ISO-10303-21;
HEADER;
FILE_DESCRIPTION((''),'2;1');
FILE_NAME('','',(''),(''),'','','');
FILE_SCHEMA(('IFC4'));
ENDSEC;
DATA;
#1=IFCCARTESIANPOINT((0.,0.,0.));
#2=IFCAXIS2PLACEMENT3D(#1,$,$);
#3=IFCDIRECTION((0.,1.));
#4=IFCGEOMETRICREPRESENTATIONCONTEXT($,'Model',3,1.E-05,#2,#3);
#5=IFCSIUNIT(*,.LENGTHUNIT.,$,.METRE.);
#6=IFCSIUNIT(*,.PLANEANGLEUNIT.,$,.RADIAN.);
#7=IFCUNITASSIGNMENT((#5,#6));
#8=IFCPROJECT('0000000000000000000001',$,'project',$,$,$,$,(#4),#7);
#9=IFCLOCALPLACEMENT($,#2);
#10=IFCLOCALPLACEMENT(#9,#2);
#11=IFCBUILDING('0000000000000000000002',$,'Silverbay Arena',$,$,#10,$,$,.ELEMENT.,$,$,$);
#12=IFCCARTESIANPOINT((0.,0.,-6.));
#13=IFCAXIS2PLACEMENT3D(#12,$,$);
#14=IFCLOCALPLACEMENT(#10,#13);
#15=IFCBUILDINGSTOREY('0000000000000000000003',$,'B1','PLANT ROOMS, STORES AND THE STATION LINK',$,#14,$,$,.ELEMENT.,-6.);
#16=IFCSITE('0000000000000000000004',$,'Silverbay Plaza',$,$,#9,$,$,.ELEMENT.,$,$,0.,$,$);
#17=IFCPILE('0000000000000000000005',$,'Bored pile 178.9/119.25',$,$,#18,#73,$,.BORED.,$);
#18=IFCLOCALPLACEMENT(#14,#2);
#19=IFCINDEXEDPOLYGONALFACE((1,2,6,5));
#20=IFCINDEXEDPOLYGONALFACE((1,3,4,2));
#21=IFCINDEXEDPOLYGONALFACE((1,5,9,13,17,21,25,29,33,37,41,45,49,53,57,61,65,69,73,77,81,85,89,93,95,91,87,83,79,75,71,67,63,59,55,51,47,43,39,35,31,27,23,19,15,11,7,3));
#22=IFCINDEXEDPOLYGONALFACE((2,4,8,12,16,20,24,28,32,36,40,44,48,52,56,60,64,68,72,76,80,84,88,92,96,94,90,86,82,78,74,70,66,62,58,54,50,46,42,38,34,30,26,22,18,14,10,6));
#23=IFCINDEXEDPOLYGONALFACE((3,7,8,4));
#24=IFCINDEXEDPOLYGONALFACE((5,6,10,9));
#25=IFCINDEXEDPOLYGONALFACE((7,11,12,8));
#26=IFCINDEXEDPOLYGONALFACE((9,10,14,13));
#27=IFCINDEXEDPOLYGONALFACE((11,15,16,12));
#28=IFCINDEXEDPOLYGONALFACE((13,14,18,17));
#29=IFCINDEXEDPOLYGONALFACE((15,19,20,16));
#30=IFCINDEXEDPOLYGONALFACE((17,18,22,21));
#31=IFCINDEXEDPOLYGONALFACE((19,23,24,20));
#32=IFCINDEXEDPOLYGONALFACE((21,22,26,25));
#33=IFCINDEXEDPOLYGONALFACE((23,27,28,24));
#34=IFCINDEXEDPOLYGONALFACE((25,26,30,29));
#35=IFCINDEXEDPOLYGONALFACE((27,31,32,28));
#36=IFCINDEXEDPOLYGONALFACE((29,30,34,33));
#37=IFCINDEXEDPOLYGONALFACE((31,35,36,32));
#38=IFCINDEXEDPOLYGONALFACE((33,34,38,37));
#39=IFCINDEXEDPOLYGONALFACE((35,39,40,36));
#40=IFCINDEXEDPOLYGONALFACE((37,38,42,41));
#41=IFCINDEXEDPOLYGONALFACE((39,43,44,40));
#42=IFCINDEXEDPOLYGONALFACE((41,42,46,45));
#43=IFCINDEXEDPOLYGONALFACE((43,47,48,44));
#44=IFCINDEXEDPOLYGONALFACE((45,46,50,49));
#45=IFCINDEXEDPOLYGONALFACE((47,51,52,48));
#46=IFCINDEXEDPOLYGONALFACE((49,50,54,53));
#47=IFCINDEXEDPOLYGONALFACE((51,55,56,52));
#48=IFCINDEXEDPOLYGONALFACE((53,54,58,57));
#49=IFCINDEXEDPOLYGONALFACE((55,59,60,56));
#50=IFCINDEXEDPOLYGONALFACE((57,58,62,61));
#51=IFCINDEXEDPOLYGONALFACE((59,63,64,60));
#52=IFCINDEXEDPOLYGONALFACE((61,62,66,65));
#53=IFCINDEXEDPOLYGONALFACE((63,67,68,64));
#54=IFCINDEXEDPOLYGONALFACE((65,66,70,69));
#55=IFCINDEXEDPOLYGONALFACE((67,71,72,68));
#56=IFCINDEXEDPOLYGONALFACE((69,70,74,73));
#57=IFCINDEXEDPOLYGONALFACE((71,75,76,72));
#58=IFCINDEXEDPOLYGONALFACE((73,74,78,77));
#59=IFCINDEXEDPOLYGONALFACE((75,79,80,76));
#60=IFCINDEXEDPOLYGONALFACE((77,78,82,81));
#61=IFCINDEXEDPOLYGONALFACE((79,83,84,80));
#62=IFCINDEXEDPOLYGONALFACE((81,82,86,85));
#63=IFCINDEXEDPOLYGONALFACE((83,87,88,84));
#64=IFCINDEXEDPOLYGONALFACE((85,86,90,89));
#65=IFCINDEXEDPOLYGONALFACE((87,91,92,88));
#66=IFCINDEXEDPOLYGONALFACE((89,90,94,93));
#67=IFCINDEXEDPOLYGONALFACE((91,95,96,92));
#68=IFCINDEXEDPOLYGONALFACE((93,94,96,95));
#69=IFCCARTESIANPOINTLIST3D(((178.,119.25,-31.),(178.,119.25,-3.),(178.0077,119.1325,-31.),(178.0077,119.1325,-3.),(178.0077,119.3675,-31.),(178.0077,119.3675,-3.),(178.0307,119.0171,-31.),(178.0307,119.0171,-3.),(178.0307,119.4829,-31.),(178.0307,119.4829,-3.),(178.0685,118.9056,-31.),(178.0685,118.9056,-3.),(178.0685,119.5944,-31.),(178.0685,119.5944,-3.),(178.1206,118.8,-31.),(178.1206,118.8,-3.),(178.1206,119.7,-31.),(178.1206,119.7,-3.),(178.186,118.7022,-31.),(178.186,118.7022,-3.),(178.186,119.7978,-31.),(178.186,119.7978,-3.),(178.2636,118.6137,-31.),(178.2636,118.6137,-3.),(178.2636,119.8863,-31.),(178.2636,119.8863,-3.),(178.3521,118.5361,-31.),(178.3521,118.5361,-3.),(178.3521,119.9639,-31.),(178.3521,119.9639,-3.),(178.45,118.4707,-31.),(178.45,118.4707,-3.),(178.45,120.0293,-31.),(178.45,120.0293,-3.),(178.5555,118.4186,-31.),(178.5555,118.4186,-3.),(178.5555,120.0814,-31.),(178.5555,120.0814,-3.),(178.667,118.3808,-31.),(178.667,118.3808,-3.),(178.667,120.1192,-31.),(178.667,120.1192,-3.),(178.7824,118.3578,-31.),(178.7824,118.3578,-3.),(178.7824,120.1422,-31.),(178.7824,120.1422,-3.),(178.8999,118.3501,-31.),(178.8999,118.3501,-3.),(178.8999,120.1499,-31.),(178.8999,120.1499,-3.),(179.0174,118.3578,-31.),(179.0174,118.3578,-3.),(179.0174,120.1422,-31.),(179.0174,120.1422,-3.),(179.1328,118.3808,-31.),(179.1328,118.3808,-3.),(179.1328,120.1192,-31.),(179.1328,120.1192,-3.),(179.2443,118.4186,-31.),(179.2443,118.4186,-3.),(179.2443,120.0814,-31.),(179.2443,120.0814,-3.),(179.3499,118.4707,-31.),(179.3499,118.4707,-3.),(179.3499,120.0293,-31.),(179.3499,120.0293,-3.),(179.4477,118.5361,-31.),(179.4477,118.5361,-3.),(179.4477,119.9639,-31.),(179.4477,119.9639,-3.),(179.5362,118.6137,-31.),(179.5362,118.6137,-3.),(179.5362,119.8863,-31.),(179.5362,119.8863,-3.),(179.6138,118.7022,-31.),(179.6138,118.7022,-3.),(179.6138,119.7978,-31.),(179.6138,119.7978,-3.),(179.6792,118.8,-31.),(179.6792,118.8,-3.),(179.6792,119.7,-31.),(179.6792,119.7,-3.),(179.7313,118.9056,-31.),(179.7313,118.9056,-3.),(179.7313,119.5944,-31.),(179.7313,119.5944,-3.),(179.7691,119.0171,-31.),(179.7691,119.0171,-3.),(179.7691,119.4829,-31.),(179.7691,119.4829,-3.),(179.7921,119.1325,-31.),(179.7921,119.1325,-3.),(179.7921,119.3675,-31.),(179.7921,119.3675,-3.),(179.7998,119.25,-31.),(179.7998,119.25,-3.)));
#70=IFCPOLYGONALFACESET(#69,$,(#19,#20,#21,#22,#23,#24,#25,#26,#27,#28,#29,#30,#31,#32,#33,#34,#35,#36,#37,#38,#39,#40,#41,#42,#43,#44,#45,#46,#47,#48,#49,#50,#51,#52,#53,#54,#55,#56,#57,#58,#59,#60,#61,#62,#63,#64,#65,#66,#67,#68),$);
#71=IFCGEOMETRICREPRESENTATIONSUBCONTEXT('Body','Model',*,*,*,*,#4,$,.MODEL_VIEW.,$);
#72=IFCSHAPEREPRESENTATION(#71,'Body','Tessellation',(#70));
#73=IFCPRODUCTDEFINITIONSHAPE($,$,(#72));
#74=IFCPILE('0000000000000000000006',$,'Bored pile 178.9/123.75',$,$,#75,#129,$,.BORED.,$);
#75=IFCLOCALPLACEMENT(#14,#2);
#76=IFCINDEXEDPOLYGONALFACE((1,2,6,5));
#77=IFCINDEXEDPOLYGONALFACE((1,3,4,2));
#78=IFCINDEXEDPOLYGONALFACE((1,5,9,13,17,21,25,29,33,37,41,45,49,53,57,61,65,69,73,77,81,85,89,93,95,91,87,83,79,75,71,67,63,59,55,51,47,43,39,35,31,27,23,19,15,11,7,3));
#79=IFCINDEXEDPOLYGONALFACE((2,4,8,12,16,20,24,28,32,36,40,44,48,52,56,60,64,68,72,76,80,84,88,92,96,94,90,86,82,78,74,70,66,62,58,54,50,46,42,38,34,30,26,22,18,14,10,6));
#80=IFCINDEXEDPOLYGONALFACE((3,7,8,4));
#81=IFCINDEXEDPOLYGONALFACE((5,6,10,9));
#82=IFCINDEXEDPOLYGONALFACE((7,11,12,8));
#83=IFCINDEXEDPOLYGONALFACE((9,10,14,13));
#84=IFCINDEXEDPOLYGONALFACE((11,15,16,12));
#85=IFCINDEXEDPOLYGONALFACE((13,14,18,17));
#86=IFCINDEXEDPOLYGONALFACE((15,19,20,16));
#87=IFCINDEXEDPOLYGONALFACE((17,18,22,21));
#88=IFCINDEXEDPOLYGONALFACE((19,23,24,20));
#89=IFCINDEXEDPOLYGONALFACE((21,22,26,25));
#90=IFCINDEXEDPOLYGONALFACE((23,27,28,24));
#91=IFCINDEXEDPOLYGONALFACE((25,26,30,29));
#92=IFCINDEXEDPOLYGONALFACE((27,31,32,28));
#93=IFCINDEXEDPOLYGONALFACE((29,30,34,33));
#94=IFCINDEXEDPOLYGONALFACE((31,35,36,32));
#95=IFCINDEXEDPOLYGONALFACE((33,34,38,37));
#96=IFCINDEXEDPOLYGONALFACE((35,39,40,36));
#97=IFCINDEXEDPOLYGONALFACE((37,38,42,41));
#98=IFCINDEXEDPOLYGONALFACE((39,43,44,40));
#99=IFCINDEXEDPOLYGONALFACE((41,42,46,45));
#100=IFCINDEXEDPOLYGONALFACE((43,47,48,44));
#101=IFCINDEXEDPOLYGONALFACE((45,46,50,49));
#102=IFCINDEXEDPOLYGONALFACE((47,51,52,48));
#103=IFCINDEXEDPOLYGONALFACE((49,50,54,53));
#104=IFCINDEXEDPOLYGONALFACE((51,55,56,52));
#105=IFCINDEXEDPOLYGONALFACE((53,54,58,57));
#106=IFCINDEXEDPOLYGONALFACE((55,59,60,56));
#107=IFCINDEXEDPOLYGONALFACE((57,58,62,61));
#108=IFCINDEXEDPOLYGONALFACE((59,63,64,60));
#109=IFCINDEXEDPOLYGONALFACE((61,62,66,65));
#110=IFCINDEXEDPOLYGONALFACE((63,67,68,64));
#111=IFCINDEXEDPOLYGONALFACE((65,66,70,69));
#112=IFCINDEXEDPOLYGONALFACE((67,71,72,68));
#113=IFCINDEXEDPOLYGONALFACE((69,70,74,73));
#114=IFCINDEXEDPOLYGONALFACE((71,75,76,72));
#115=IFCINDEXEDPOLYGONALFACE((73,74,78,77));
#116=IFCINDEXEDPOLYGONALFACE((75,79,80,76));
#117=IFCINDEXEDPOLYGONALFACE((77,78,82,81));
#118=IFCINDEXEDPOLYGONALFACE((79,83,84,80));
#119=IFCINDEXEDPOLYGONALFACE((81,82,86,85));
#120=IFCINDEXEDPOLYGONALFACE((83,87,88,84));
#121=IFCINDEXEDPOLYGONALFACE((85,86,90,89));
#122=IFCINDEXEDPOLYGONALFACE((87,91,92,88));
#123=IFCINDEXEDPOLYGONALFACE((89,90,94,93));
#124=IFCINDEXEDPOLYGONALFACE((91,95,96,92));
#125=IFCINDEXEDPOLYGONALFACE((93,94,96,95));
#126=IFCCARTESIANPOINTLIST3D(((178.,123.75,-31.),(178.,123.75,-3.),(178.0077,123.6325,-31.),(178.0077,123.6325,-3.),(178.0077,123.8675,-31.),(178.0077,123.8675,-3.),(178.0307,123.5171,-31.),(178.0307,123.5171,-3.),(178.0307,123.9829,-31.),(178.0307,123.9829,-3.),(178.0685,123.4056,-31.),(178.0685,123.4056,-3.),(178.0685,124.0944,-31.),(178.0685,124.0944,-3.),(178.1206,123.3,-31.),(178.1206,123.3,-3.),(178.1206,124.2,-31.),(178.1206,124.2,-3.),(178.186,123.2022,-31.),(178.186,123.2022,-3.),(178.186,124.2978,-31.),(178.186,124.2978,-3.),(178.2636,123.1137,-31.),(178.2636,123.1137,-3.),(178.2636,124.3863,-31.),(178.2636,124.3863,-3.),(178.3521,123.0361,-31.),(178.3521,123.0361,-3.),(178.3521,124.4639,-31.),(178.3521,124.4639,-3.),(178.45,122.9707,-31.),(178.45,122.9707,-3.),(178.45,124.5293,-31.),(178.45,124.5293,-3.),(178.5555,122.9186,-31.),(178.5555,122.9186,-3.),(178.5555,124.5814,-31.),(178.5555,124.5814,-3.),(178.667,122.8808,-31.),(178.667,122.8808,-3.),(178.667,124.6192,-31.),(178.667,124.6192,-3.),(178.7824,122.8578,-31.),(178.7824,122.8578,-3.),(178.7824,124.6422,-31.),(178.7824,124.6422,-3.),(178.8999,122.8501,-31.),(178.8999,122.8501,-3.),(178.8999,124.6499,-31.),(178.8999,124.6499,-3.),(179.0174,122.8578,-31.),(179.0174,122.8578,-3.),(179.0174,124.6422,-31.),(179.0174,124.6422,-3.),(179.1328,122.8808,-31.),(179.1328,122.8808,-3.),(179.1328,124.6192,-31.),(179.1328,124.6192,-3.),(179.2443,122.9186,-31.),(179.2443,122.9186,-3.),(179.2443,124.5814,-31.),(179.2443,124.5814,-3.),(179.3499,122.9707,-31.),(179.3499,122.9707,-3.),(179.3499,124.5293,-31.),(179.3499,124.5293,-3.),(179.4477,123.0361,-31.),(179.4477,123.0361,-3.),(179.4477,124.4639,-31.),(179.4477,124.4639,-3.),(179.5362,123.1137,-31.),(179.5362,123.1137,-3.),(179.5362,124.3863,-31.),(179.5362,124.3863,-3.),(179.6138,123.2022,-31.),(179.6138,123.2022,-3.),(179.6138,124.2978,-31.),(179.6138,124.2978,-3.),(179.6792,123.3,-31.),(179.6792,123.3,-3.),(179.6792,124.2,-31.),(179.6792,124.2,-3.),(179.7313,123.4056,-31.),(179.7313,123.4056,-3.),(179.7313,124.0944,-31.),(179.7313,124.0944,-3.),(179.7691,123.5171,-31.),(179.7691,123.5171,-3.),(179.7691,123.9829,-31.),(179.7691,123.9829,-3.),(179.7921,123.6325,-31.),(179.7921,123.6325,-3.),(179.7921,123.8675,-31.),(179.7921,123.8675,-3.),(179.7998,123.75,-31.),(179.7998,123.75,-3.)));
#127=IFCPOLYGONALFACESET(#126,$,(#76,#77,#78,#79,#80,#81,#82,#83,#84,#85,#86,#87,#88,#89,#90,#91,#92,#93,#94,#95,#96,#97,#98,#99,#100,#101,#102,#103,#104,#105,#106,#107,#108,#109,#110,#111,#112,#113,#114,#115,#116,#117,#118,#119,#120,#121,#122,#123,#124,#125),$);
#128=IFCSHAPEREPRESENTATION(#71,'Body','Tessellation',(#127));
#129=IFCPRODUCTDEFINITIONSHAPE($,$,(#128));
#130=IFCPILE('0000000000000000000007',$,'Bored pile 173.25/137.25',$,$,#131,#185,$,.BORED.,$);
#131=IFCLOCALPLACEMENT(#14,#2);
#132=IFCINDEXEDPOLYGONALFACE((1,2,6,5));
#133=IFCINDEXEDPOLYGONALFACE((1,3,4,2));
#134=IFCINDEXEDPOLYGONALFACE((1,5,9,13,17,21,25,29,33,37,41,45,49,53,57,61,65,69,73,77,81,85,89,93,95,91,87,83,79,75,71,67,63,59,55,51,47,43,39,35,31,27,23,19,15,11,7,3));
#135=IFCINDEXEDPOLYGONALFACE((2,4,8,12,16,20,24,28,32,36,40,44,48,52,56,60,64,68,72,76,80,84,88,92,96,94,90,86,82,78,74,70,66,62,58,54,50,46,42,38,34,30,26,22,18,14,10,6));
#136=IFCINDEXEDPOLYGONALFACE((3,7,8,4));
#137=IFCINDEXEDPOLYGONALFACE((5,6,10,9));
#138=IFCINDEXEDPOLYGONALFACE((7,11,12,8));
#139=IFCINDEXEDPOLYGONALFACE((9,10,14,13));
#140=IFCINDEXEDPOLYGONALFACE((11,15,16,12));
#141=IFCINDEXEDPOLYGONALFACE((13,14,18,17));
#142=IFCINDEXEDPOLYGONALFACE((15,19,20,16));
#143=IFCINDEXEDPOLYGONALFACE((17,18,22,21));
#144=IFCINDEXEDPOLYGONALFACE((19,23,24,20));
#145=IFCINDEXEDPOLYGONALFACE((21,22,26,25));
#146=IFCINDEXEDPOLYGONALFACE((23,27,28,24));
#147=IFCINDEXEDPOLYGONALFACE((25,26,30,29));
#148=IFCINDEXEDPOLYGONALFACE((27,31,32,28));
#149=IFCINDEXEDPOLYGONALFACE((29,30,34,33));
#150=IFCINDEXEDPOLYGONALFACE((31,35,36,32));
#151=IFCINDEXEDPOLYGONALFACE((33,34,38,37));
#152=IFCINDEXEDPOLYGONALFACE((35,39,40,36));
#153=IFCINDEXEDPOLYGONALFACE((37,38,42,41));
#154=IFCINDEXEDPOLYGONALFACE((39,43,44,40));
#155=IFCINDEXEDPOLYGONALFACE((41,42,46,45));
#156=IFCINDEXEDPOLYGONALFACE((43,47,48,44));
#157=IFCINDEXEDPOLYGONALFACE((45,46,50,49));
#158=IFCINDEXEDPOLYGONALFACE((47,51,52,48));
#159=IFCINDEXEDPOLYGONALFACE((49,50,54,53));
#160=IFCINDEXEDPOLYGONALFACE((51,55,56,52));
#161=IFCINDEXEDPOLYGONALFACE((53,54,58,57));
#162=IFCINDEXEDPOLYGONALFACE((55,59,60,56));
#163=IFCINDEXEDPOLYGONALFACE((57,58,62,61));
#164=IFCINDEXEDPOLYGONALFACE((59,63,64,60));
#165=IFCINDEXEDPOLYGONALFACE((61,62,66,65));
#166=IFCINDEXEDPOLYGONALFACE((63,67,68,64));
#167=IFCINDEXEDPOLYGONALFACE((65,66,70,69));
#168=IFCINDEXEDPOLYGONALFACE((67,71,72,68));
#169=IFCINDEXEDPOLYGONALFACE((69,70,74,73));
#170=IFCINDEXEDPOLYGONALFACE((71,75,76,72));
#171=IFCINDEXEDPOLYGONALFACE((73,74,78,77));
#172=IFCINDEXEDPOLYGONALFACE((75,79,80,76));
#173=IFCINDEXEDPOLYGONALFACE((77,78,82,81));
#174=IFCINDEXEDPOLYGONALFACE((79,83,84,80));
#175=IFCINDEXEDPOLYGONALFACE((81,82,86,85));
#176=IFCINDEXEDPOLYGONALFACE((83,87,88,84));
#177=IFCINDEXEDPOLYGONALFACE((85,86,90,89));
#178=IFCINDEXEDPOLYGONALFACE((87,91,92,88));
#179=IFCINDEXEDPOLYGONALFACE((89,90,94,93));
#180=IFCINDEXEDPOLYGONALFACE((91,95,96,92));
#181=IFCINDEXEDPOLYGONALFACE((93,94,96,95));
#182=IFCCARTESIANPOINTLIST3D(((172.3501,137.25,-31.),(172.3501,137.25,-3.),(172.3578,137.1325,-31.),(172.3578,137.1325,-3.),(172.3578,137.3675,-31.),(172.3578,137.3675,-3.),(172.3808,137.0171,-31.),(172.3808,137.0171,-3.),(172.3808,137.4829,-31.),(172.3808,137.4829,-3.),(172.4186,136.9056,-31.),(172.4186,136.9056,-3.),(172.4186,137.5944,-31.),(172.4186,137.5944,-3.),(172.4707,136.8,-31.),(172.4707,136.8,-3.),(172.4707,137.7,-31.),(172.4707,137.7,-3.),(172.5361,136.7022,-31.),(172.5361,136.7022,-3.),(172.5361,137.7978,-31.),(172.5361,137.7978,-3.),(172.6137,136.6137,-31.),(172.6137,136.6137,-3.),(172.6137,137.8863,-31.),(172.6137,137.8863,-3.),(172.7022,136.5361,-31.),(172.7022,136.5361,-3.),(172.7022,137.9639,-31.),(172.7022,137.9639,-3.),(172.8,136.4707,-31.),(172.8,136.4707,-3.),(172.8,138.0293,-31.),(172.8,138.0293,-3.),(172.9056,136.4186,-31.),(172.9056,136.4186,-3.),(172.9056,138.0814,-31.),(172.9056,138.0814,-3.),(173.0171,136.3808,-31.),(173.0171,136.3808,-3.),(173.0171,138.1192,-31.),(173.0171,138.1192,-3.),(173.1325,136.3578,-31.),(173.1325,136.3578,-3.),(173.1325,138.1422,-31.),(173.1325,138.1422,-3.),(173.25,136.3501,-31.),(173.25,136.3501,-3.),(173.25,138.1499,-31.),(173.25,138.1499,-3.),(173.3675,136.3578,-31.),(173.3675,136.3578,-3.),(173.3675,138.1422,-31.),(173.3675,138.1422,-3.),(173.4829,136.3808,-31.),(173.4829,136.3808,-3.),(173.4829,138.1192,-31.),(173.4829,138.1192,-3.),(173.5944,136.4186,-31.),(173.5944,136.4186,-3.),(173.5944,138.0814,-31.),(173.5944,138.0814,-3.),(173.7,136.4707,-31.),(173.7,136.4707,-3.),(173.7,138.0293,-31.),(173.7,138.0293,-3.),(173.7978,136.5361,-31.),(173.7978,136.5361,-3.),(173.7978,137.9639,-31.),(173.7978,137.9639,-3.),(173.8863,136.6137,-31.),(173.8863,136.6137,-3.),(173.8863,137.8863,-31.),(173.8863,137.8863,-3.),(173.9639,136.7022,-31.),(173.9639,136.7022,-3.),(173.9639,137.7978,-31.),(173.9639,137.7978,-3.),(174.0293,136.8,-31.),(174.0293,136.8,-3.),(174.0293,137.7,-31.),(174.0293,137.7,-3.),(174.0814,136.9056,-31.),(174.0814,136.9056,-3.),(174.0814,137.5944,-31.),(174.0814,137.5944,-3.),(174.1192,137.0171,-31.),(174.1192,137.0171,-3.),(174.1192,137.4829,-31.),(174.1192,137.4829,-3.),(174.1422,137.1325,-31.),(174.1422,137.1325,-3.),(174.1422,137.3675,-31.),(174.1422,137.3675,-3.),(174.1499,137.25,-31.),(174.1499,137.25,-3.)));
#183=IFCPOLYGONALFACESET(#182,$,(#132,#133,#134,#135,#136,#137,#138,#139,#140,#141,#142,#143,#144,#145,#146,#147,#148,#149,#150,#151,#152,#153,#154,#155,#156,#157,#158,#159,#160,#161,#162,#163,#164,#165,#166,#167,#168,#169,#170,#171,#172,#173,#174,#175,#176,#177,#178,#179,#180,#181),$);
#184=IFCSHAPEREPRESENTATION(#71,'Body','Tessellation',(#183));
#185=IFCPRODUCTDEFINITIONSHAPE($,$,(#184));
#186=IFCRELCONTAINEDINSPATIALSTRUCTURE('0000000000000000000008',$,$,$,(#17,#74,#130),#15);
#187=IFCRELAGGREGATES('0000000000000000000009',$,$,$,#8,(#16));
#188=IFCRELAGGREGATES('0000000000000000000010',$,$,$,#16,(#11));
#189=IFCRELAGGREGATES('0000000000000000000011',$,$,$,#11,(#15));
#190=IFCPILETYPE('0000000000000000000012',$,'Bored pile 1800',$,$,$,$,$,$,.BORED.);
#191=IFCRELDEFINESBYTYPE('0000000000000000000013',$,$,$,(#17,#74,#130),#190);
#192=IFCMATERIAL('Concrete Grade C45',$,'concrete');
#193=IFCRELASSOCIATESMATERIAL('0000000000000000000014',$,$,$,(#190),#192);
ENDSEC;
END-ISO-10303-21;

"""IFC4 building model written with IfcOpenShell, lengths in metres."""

from ifc_helpers import new_model, si_unit, direction, frame, origin, origin_2d, place, context, subcontext, project, spatial, circle, extrude, material, material_profile, profile_set, type_object, element, save


model = new_model("IFC4")

# Units and contexts
model_context = context("Model", 3, precision=1e-05, world=origin(), true_north=direction((0.0, 1.0)))
body_context = subcontext(model_context, "Body", "Model", "MODEL_VIEW")
ifc_project = project(units=[si_unit("LENGTHUNIT", "METRE"), si_unit("PLANEANGLEUNIT", "RADIAN")], contexts=[model_context])

# Site, building, storey
site_placement = place(None, origin())
site = spatial("IfcSite", under=ifc_project, at=site_placement, Name="Silverbay Plaza", CompositionType="ELEMENT", RefElevation=0.0)
building_placement = place(site_placement, origin())
building = spatial("IfcBuilding", under=site, at=building_placement, Name="Silverbay Arena", CompositionType="ELEMENT")
storey_placement = place(building_placement, frame((0.0, 0.0, -6.0)))
storey = spatial("IfcBuildingStorey", under=building, at=storey_placement, Name="B1", Description="PLANT ROOMS, STORES AND THE STATION LINK", CompositionType="ELEMENT", Elevation=-6.0)

# Piles
ifc_material_1 = material(Name="Concrete Grade C45", Category="concrete")
ifc_material_profile = material_profile(ifc_material_1, circle(Radius=0.8999, at=origin_2d()), Name="Bored pile 1800")
ifc_profile_set = profile_set([ifc_material_profile], Name="Concrete Grade C45")
pile_type = type_object("IfcPileType", Name="Bored pile 1800", PredefinedType="BORED", material=ifc_profile_set)
for number, where, z_axis, x_axis, name in (
    (1, (178.8999, 119.25, -3.0), (0.0, 0.0, -1.0), (1.0, 0.0, 0.0), "Bored pile 178.9/119.25"),
    (2, (178.8999, 123.75, -3.0), (0.0, 0.0, -1.0), (1.0, 0.0, 0.0), "Bored pile 178.9/123.75"),
    (3, (173.25, 137.25, -3.0), (0.0, 0.0, -1.0), (1.0, 0.0, 0.0), "Bored pile 173.25/137.25"),
):
    element("IfcPile", number, at=place(storey_placement, frame(where, z_axis=z_axis, x_axis=x_axis)), inside=storey, type_object=pile_type, Name=name, PredefinedType="BORED", context=body_context, shape_type="SweptSolid", body=[
        extrude(circle(Radius=0.8999, at=origin_2d()), origin(), (0.0, 0.0, 1.0), 28.0),
    ])

save(model, "model.ifc")
